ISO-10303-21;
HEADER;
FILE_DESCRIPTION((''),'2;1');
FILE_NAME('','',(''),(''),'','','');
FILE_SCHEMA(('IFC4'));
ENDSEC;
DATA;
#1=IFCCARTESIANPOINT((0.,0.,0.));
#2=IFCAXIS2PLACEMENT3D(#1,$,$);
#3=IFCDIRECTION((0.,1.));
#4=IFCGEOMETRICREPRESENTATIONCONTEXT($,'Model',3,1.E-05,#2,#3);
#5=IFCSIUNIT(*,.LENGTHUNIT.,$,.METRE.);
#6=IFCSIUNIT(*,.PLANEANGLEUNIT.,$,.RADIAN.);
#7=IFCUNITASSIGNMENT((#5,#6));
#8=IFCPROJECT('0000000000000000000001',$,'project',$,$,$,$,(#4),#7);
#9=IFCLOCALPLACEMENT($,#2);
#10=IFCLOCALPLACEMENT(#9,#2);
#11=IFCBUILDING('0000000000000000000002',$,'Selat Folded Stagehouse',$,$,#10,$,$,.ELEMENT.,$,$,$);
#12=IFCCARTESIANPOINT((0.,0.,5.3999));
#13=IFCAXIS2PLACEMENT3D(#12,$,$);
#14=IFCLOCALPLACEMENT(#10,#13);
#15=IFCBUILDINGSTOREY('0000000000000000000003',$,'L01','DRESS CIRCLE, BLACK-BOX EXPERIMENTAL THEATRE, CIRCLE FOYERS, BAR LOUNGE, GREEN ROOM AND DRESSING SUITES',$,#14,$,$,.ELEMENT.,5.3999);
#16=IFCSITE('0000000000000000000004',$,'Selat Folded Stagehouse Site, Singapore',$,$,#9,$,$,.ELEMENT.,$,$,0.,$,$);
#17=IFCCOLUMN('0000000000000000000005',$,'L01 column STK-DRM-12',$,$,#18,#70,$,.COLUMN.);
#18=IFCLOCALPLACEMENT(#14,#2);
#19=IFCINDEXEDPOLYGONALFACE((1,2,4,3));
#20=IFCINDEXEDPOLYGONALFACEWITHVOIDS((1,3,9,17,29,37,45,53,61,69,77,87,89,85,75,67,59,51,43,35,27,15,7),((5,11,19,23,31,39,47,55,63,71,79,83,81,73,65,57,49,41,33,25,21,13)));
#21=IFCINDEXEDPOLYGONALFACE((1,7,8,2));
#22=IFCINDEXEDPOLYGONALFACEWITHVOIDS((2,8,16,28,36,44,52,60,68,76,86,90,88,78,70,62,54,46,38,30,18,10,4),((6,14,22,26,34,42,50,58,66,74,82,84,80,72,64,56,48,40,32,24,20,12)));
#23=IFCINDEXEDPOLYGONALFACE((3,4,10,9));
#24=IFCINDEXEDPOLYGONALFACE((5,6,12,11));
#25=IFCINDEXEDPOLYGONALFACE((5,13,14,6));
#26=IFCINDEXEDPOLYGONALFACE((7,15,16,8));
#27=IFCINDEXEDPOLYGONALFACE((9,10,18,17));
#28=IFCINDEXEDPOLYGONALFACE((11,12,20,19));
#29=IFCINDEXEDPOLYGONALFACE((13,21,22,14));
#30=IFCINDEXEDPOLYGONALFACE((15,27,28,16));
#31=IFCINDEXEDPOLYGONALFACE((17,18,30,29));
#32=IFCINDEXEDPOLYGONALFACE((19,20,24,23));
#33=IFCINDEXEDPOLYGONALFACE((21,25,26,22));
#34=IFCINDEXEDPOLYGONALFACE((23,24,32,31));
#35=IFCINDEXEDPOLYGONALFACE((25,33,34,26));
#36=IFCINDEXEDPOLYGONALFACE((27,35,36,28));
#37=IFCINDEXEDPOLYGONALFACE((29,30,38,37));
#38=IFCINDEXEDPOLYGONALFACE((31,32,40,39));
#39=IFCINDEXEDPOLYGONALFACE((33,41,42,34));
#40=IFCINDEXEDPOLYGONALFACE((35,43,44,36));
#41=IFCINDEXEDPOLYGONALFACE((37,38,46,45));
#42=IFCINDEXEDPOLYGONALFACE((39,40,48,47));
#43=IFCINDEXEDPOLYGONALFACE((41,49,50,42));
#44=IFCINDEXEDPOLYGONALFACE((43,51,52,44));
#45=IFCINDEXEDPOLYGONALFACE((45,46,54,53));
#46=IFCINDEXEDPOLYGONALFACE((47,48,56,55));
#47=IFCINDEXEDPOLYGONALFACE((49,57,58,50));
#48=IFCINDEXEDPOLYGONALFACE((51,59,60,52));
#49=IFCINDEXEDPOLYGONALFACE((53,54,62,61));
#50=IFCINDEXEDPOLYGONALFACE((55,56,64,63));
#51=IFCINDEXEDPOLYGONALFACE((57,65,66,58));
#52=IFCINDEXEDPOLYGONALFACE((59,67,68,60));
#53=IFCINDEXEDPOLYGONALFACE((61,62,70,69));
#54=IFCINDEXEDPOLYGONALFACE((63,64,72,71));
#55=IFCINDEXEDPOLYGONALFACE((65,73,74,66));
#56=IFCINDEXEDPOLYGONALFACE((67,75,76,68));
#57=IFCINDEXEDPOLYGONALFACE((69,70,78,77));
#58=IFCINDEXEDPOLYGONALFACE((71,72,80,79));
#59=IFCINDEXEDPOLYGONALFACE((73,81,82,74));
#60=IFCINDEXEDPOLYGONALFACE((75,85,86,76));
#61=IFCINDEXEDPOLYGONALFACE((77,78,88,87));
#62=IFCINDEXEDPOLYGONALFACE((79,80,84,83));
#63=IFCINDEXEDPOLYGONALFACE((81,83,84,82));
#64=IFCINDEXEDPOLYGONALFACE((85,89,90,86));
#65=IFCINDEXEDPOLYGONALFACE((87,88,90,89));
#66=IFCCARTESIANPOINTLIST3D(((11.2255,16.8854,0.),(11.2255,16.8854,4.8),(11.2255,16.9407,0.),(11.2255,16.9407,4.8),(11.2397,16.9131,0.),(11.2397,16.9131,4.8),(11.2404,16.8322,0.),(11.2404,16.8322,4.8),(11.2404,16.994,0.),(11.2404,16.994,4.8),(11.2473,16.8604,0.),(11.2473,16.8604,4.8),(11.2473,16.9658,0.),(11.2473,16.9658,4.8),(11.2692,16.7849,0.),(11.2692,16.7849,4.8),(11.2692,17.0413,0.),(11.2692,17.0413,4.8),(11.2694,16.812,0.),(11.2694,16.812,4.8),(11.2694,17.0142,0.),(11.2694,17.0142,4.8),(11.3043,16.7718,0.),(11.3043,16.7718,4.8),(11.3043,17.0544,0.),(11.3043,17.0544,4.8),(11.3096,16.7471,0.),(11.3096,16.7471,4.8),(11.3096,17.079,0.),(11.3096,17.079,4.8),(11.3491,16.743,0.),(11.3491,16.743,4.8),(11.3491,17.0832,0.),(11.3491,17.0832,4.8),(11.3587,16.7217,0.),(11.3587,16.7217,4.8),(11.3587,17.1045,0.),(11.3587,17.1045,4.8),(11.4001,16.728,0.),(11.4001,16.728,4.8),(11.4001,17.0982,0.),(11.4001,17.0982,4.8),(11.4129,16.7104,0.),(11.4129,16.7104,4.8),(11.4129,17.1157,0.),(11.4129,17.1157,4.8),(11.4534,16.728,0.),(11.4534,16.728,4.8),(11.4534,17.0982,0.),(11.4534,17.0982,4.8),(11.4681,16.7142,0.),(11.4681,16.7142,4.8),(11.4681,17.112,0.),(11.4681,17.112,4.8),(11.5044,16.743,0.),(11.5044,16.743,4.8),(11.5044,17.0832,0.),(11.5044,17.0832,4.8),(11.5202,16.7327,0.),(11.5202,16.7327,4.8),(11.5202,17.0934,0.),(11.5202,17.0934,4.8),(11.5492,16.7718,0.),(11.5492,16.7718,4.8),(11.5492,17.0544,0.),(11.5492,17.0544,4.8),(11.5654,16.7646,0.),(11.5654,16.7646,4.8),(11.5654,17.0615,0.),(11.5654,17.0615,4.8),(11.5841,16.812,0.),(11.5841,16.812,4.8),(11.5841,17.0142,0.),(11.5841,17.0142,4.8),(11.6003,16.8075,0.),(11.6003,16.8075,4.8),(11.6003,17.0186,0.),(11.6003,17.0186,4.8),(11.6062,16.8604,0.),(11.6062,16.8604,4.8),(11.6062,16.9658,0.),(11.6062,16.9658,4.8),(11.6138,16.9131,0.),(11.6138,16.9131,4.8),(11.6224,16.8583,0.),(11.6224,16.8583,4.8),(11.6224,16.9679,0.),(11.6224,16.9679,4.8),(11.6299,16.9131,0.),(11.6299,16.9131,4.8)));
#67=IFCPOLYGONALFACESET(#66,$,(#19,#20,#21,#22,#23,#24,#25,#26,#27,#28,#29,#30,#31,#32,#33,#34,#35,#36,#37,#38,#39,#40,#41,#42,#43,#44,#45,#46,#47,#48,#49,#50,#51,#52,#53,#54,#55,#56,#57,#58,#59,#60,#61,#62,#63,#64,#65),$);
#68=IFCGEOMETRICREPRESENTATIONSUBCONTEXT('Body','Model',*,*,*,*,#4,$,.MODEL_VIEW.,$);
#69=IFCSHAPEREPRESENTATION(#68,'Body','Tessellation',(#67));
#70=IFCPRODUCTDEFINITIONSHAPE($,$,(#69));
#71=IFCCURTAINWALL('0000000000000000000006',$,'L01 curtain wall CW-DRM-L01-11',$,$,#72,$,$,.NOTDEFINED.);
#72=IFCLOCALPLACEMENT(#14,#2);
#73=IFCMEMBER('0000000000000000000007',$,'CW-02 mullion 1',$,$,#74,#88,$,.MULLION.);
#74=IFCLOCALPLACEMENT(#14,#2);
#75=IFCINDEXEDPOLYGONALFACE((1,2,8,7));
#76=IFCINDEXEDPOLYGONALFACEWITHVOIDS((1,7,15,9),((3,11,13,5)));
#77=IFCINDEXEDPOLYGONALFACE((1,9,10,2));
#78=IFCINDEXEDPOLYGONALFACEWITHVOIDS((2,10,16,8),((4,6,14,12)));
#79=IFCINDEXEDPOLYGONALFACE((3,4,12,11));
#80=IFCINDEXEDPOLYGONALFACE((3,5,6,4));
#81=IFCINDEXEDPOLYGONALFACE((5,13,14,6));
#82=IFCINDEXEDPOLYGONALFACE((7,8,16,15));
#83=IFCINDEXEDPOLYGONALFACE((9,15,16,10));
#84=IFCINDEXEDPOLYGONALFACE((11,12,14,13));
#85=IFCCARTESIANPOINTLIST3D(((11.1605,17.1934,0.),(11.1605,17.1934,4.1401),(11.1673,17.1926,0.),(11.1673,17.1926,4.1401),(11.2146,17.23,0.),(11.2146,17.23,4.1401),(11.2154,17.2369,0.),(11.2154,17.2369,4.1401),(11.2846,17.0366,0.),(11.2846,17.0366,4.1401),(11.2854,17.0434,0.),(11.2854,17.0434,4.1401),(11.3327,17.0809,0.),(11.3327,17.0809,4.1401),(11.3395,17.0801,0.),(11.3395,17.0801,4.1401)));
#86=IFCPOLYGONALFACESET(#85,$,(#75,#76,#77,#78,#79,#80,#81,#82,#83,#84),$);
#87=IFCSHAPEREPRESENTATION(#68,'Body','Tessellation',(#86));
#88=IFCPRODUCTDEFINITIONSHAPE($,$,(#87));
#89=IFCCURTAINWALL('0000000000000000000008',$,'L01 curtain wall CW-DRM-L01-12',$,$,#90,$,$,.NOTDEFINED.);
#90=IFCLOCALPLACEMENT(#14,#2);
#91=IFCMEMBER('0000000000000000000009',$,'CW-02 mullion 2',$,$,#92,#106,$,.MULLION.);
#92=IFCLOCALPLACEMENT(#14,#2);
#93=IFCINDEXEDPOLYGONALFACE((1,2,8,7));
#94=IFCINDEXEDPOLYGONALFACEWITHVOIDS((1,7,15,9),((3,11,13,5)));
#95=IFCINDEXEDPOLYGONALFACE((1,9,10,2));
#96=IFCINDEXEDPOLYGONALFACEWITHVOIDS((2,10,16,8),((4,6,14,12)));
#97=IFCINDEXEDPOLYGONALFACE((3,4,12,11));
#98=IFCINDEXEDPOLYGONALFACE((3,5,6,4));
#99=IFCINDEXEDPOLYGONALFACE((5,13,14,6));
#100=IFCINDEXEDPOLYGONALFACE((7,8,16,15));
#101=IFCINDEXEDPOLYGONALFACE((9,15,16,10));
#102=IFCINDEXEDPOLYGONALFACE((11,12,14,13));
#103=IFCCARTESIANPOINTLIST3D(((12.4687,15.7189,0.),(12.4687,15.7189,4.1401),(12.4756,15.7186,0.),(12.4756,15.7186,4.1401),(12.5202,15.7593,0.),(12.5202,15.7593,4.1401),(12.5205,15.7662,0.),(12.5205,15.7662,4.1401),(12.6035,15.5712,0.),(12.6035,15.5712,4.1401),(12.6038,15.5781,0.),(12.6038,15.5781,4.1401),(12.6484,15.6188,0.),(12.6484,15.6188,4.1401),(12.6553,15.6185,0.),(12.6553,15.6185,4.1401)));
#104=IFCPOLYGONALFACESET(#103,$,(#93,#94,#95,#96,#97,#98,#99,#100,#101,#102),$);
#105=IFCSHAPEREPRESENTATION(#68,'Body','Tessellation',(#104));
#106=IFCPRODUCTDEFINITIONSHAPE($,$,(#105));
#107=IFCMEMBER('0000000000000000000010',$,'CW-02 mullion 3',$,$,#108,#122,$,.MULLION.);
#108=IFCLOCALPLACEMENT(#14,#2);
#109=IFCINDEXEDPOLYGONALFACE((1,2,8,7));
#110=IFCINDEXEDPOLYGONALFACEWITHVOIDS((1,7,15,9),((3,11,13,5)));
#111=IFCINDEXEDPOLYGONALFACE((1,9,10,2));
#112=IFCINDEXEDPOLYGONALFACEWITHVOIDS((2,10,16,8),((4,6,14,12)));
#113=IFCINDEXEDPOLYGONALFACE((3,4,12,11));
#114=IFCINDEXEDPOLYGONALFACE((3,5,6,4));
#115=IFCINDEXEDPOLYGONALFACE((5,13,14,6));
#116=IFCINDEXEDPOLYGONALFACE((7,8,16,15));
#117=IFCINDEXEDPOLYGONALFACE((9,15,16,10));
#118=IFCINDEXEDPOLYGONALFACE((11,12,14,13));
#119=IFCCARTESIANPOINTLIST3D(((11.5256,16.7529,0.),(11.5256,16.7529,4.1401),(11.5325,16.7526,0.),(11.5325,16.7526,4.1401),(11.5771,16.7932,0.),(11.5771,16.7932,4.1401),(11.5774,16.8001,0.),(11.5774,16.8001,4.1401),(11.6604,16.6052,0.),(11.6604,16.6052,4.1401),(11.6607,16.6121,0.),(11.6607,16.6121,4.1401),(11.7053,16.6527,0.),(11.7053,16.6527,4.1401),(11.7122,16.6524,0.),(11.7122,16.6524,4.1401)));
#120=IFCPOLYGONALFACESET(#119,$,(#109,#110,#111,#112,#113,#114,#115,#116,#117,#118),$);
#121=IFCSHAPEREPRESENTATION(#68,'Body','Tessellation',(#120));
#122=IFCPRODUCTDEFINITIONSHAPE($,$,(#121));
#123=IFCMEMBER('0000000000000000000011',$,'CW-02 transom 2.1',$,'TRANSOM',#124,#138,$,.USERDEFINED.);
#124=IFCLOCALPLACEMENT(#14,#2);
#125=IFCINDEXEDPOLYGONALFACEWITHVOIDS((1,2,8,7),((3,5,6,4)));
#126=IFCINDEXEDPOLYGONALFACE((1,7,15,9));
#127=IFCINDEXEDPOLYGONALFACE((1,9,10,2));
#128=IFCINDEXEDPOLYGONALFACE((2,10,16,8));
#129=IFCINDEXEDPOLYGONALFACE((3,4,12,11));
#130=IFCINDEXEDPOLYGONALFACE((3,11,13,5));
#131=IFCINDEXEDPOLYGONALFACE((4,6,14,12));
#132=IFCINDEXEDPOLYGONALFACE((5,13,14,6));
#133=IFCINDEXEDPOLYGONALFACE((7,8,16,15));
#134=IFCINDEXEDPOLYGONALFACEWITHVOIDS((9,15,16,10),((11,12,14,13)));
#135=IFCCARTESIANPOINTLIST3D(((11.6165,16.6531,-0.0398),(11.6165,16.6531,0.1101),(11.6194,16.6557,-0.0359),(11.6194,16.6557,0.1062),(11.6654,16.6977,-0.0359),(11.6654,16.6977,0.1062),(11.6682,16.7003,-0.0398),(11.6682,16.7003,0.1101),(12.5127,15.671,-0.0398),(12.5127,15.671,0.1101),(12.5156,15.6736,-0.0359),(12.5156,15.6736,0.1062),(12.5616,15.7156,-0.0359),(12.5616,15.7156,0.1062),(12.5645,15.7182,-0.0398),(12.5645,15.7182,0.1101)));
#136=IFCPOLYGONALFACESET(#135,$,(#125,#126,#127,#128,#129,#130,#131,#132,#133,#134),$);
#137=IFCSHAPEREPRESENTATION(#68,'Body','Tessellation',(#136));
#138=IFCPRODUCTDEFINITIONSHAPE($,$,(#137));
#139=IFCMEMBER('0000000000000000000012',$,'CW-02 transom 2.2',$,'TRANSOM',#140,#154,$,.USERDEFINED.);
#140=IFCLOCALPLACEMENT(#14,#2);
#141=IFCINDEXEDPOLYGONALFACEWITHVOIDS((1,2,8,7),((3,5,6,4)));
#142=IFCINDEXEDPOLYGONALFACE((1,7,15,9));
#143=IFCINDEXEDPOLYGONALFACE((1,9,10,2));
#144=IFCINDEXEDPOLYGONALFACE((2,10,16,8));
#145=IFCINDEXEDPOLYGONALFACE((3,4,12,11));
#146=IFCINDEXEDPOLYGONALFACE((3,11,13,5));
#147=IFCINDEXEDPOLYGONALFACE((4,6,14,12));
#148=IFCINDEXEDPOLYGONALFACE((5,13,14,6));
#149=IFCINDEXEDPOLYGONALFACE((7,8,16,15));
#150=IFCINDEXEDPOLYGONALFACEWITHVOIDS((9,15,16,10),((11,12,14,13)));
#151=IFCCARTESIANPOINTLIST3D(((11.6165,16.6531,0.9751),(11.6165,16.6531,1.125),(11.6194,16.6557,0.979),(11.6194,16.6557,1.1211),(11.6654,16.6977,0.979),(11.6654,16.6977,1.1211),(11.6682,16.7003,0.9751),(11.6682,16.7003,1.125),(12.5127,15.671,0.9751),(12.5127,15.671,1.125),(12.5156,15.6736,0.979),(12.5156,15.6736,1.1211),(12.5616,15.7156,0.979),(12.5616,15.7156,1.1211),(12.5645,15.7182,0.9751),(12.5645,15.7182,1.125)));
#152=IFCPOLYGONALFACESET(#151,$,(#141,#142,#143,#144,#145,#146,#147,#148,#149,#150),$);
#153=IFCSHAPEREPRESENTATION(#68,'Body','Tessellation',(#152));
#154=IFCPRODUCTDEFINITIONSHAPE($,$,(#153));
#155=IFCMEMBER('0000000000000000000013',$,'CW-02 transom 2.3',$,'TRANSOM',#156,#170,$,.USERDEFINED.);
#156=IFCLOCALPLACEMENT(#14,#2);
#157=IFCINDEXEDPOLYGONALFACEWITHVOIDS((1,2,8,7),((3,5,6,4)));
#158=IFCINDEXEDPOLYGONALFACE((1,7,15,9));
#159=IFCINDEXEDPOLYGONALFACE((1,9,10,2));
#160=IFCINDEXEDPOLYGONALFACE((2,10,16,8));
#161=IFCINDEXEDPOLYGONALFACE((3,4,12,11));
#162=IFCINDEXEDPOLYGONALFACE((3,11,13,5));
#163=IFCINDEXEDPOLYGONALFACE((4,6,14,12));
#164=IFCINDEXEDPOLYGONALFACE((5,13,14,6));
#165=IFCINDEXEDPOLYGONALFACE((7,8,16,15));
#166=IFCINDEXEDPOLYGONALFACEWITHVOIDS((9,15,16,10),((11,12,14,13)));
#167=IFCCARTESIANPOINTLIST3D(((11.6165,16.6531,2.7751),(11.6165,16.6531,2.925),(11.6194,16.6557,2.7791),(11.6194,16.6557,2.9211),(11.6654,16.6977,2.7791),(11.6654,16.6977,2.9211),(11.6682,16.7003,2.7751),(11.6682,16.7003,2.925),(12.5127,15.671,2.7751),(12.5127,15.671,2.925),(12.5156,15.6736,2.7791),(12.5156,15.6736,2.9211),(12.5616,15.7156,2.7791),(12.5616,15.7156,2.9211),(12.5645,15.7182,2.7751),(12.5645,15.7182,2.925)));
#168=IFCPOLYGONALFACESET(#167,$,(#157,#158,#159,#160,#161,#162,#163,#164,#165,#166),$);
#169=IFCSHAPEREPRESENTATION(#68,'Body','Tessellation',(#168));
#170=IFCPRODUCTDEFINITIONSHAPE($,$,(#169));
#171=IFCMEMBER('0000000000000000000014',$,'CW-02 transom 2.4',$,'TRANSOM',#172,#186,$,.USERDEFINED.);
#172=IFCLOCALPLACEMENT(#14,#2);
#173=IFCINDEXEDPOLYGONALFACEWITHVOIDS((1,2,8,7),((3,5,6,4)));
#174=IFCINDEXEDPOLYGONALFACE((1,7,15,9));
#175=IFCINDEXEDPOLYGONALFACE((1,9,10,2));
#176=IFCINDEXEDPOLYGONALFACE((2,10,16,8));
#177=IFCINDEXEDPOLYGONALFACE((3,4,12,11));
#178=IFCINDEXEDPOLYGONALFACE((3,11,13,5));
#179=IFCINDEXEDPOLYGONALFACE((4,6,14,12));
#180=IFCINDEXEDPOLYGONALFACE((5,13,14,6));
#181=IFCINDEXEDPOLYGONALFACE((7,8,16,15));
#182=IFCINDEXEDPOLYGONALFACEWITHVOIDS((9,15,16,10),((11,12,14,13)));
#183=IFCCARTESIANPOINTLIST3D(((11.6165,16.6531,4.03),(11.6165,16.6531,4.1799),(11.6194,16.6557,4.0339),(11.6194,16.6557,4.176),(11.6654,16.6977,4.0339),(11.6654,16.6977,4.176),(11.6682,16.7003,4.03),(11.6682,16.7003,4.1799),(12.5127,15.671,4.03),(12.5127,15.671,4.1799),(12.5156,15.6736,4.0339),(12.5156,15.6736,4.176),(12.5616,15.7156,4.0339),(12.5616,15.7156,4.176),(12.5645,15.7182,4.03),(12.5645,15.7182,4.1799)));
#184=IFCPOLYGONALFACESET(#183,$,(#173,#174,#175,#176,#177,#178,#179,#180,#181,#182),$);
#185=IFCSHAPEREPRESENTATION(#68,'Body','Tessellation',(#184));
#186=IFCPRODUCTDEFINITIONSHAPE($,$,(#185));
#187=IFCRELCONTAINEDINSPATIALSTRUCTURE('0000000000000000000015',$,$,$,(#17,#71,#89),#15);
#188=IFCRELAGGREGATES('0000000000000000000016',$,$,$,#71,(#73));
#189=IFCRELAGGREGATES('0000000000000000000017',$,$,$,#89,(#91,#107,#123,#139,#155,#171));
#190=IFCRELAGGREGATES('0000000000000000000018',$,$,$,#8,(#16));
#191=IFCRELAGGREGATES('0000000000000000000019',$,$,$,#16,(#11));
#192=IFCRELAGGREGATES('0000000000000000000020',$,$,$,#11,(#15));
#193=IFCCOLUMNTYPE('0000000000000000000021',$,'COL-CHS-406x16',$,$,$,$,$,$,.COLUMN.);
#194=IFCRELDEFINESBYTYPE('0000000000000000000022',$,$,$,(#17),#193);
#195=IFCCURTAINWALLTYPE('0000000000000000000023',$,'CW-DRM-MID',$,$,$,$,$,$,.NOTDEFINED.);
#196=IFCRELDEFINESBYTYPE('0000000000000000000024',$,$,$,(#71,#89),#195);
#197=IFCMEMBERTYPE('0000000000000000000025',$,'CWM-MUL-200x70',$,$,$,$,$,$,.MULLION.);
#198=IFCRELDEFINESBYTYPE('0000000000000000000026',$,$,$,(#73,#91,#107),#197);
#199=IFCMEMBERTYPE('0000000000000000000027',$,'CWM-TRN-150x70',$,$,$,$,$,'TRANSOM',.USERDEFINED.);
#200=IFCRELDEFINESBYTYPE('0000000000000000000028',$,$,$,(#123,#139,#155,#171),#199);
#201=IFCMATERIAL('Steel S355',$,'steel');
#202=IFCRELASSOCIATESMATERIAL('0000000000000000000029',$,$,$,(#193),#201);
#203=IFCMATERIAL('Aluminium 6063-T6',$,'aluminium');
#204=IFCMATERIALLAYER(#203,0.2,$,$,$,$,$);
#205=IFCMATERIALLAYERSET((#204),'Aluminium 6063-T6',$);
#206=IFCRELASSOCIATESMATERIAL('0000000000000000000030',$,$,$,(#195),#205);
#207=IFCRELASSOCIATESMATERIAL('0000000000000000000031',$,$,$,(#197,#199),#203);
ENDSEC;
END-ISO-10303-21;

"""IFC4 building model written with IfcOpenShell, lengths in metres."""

from ifc_helpers import new_model, si_unit, direction, frame, origin, origin_2d, place, context, subcontext, project, spatial, hollow_rectangle, hollow_circle, extrude, material, layer, layer_set, material_profile, profile_set, type_object, element, aggregate, save


model = new_model("IFC4")

# Units and contexts
model_context = context("Model", 3, precision=1e-05, world=origin(), true_north=direction((0.0, 1.0)))
body_context = subcontext(model_context, "Body", "Model", "MODEL_VIEW")
ifc_project = project(units=[si_unit("LENGTHUNIT", "METRE"), si_unit("PLANEANGLEUNIT", "RADIAN")], contexts=[model_context])

# Site, building, storey
site_placement = place(None, origin())
site = spatial("IfcSite", under=ifc_project, at=site_placement, Name="Selat Folded Stagehouse Site, Singapore", CompositionType="ELEMENT", RefElevation=0.0)
building_placement = place(site_placement, origin())
building = spatial("IfcBuilding", under=site, at=building_placement, Name="Selat Folded Stagehouse", CompositionType="ELEMENT")
storey_placement = place(building_placement, frame((0.0, 0.0, 5.3999)))
storey = spatial("IfcBuildingStorey", under=building, at=storey_placement, Name="L01", Description="DRESS CIRCLE, BLACK-BOX EXPERIMENTAL THEATRE, CIRCLE FOYERS, BAR LOUNGE, GREEN ROOM AND DRESSING SUITES", CompositionType="ELEMENT", Elevation=5.3999)

# Column
ifc_material_1 = material(Name="Steel S355", Category="steel")
ifc_material_profile_1 = material_profile(ifc_material_1, hollow_circle(Radius=0.2031, WallThickness=0.0161, at=origin_2d()), Name="CHS 406.4x16.0")
ifc_profile_set_1 = profile_set([ifc_material_profile_1], Name="Steel S355")
column_type = type_object("IfcColumnType", Name="COL-CHS-406x16", PredefinedType="COLUMN", material=ifc_profile_set_1)
column_placement = place(storey_placement, frame((11.4268, 16.9131, 0.0), z_axis=(0.0, 0.0, 1.0), x_axis=(1.0, 0.0, 0.0)))
element("IfcColumn", 1, at=column_placement, inside=storey, type_object=column_type, Name="L01 column STK-DRM-12", PredefinedType="COLUMN", context=body_context, shape_type="SweptSolid", body=[
    extrude(hollow_circle(Radius=0.2031, WallThickness=0.0161, at=origin_2d()), origin(), (0.0, 0.0, 1.0), 4.8),
])

# Curtain wall, member
ifc_material_2 = material(Name="Aluminium 6063-T6", Category="aluminium")
ifc_layer_1 = layer(ifc_material_2, 0.2)
ifc_layer_set_1 = layer_set([ifc_layer_1], Name="Aluminium 6063-T6")
curtain_wall_type = type_object("IfcCurtainWallType", Name="CW-DRM-MID", PredefinedType="NOTDEFINED", material=ifc_layer_set_1)
curtain_wall_1_placement = place(storey_placement, origin())
curtain_wall_1 = element("IfcCurtainWall", 2, at=curtain_wall_1_placement, inside=storey, type_object=curtain_wall_type, Name="L01 curtain wall CW-DRM-L01-11", PredefinedType="NOTDEFINED")
ifc_material_profile_2 = material_profile(ifc_material_2, hollow_rectangle(XDim=0.0701, YDim=0.2, WallThickness=0.0049, at=origin_2d()), Name="ALU 200x70x5.0")
ifc_profile_set_2 = profile_set([ifc_material_profile_2], Name="Aluminium 6063-T6")
member_type_1 = type_object("IfcMemberType", Name="CWM-MUL-200x70", PredefinedType="MULLION", material=ifc_profile_set_2)
member_1_placement = place(storey_placement, frame((11.25, 17.1367, 0.0), z_axis=(0.0, 0.0, 1.0), x_axis=(-0.78418, -0.620533, 0.0)))
member_1 = element("IfcMember", 3, at=member_1_placement, type_object=member_type_1, Name="CW-02 mullion 1", PredefinedType="MULLION", context=body_context, shape_type="SweptSolid", body=[
    extrude(hollow_rectangle(XDim=0.0701, YDim=0.2, WallThickness=0.0049, at=origin_2d()), origin(), (0.0, 0.0, 1.0), 4.1401),
])
aggregate(curtain_wall_1, [member_1])

# Curtain wall, members
curtain_wall_2_placement = place(storey_placement, origin())
curtain_wall_2 = element("IfcCurtainWall", 4, at=curtain_wall_2_placement, inside=storey, type_object=curtain_wall_type, Name="L01 curtain wall CW-DRM-L01-12", PredefinedType="NOTDEFINED")
member_2_placement = place(storey_placement, frame((12.562, 15.6687, 0.0), z_axis=(0.0, 0.0, 1.0), x_axis=(-0.738729, -0.674002, 0.0)))
member_2 = element("IfcMember", 5, at=member_2_placement, type_object=member_type_1, Name="CW-02 mullion 2", PredefinedType="MULLION", context=body_context, shape_type="SweptSolid", body=[
    extrude(hollow_rectangle(XDim=0.0701, YDim=0.2, WallThickness=0.0049, at=origin_2d()), origin(), (0.0, 0.0, 1.0), 4.1401),
])
member_3_placement = place(storey_placement, frame((11.6189, 16.7026, 0.0), z_axis=(0.0, 0.0, 1.0), x_axis=(-0.738729, -0.674002, 0.0)))
member_3 = element("IfcMember", 6, at=member_3_placement, type_object=member_type_1, Name="CW-02 mullion 3", PredefinedType="MULLION", context=body_context, shape_type="SweptSolid", body=[
    extrude(hollow_rectangle(XDim=0.0701, YDim=0.2, WallThickness=0.0049, at=origin_2d()), origin(), (0.0, 0.0, 1.0), 4.1401),
])
ifc_material_profile_3 = material_profile(ifc_material_2, hollow_rectangle(XDim=0.0701, YDim=0.1499, WallThickness=0.0039, at=origin_2d()), Name="ALU 150x70x4.0")
ifc_profile_set_3 = profile_set([ifc_material_profile_3], Name="Aluminium 6063-T6")
member_type_2 = type_object("IfcMemberType", Name="CWM-TRN-150x70", ElementType="TRANSOM", PredefinedType="USERDEFINED", material=ifc_profile_set_3)
member_4_placement = place(storey_placement, frame((12.5386, 15.6946, 0.0352), z_axis=(-0.674052, 0.738684, 0.0), x_axis=(-0.738684, -0.674052, 0.0)))
member_4 = element("IfcMember", 7, at=member_4_placement, type_object=member_type_2, Name="CW-02 transom 2.1", ObjectType="TRANSOM", PredefinedType="USERDEFINED", context=body_context, shape_type="SweptSolid", body=[
    extrude(hollow_rectangle(XDim=0.0701, YDim=0.1499, WallThickness=0.0039, at=origin_2d()), origin(), (0.0, 0.0, 1.0), 1.3296),
])
member_5_placement = place(storey_placement, frame((12.5386, 15.6946, 1.05), z_axis=(-0.674052, 0.738684, 0.0), x_axis=(-0.738684, -0.674052, 0.0)))
member_5 = element("IfcMember", 8, at=member_5_placement, type_object=member_type_2, Name="CW-02 transom 2.2", ObjectType="TRANSOM", PredefinedType="USERDEFINED", context=body_context, shape_type="SweptSolid", body=[
    extrude(hollow_rectangle(XDim=0.0701, YDim=0.1499, WallThickness=0.0039, at=origin_2d()), origin(), (0.0, 0.0, 1.0), 1.3296),
])
member_6_placement = place(storey_placement, frame((12.5386, 15.6946, 2.8501), z_axis=(-0.674052, 0.738684, 0.0), x_axis=(-0.738684, -0.674052, 0.0)))
member_6 = element("IfcMember", 9, at=member_6_placement, type_object=member_type_2, Name="CW-02 transom 2.3", ObjectType="TRANSOM", PredefinedType="USERDEFINED", context=body_context, shape_type="SweptSolid", body=[
    extrude(hollow_rectangle(XDim=0.0701, YDim=0.1499, WallThickness=0.0039, at=origin_2d()), origin(), (0.0, 0.0, 1.0), 1.3296),
])
member_7_placement = place(storey_placement, frame((12.5386, 15.6946, 4.105), z_axis=(-0.674052, 0.738684, 0.0), x_axis=(-0.738684, -0.674052, 0.0)))
member_7 = element("IfcMember", 10, at=member_7_placement, type_object=member_type_2, Name="CW-02 transom 2.4", ObjectType="TRANSOM", PredefinedType="USERDEFINED", context=body_context, shape_type="SweptSolid", body=[
    extrude(hollow_rectangle(XDim=0.0701, YDim=0.1499, WallThickness=0.0039, at=origin_2d()), origin(), (0.0, 0.0, 1.0), 1.3296),
])

aggregate(curtain_wall_2, [member_2, member_3, member_4, member_5, member_6, member_7])

save(model, "model.ifc")
